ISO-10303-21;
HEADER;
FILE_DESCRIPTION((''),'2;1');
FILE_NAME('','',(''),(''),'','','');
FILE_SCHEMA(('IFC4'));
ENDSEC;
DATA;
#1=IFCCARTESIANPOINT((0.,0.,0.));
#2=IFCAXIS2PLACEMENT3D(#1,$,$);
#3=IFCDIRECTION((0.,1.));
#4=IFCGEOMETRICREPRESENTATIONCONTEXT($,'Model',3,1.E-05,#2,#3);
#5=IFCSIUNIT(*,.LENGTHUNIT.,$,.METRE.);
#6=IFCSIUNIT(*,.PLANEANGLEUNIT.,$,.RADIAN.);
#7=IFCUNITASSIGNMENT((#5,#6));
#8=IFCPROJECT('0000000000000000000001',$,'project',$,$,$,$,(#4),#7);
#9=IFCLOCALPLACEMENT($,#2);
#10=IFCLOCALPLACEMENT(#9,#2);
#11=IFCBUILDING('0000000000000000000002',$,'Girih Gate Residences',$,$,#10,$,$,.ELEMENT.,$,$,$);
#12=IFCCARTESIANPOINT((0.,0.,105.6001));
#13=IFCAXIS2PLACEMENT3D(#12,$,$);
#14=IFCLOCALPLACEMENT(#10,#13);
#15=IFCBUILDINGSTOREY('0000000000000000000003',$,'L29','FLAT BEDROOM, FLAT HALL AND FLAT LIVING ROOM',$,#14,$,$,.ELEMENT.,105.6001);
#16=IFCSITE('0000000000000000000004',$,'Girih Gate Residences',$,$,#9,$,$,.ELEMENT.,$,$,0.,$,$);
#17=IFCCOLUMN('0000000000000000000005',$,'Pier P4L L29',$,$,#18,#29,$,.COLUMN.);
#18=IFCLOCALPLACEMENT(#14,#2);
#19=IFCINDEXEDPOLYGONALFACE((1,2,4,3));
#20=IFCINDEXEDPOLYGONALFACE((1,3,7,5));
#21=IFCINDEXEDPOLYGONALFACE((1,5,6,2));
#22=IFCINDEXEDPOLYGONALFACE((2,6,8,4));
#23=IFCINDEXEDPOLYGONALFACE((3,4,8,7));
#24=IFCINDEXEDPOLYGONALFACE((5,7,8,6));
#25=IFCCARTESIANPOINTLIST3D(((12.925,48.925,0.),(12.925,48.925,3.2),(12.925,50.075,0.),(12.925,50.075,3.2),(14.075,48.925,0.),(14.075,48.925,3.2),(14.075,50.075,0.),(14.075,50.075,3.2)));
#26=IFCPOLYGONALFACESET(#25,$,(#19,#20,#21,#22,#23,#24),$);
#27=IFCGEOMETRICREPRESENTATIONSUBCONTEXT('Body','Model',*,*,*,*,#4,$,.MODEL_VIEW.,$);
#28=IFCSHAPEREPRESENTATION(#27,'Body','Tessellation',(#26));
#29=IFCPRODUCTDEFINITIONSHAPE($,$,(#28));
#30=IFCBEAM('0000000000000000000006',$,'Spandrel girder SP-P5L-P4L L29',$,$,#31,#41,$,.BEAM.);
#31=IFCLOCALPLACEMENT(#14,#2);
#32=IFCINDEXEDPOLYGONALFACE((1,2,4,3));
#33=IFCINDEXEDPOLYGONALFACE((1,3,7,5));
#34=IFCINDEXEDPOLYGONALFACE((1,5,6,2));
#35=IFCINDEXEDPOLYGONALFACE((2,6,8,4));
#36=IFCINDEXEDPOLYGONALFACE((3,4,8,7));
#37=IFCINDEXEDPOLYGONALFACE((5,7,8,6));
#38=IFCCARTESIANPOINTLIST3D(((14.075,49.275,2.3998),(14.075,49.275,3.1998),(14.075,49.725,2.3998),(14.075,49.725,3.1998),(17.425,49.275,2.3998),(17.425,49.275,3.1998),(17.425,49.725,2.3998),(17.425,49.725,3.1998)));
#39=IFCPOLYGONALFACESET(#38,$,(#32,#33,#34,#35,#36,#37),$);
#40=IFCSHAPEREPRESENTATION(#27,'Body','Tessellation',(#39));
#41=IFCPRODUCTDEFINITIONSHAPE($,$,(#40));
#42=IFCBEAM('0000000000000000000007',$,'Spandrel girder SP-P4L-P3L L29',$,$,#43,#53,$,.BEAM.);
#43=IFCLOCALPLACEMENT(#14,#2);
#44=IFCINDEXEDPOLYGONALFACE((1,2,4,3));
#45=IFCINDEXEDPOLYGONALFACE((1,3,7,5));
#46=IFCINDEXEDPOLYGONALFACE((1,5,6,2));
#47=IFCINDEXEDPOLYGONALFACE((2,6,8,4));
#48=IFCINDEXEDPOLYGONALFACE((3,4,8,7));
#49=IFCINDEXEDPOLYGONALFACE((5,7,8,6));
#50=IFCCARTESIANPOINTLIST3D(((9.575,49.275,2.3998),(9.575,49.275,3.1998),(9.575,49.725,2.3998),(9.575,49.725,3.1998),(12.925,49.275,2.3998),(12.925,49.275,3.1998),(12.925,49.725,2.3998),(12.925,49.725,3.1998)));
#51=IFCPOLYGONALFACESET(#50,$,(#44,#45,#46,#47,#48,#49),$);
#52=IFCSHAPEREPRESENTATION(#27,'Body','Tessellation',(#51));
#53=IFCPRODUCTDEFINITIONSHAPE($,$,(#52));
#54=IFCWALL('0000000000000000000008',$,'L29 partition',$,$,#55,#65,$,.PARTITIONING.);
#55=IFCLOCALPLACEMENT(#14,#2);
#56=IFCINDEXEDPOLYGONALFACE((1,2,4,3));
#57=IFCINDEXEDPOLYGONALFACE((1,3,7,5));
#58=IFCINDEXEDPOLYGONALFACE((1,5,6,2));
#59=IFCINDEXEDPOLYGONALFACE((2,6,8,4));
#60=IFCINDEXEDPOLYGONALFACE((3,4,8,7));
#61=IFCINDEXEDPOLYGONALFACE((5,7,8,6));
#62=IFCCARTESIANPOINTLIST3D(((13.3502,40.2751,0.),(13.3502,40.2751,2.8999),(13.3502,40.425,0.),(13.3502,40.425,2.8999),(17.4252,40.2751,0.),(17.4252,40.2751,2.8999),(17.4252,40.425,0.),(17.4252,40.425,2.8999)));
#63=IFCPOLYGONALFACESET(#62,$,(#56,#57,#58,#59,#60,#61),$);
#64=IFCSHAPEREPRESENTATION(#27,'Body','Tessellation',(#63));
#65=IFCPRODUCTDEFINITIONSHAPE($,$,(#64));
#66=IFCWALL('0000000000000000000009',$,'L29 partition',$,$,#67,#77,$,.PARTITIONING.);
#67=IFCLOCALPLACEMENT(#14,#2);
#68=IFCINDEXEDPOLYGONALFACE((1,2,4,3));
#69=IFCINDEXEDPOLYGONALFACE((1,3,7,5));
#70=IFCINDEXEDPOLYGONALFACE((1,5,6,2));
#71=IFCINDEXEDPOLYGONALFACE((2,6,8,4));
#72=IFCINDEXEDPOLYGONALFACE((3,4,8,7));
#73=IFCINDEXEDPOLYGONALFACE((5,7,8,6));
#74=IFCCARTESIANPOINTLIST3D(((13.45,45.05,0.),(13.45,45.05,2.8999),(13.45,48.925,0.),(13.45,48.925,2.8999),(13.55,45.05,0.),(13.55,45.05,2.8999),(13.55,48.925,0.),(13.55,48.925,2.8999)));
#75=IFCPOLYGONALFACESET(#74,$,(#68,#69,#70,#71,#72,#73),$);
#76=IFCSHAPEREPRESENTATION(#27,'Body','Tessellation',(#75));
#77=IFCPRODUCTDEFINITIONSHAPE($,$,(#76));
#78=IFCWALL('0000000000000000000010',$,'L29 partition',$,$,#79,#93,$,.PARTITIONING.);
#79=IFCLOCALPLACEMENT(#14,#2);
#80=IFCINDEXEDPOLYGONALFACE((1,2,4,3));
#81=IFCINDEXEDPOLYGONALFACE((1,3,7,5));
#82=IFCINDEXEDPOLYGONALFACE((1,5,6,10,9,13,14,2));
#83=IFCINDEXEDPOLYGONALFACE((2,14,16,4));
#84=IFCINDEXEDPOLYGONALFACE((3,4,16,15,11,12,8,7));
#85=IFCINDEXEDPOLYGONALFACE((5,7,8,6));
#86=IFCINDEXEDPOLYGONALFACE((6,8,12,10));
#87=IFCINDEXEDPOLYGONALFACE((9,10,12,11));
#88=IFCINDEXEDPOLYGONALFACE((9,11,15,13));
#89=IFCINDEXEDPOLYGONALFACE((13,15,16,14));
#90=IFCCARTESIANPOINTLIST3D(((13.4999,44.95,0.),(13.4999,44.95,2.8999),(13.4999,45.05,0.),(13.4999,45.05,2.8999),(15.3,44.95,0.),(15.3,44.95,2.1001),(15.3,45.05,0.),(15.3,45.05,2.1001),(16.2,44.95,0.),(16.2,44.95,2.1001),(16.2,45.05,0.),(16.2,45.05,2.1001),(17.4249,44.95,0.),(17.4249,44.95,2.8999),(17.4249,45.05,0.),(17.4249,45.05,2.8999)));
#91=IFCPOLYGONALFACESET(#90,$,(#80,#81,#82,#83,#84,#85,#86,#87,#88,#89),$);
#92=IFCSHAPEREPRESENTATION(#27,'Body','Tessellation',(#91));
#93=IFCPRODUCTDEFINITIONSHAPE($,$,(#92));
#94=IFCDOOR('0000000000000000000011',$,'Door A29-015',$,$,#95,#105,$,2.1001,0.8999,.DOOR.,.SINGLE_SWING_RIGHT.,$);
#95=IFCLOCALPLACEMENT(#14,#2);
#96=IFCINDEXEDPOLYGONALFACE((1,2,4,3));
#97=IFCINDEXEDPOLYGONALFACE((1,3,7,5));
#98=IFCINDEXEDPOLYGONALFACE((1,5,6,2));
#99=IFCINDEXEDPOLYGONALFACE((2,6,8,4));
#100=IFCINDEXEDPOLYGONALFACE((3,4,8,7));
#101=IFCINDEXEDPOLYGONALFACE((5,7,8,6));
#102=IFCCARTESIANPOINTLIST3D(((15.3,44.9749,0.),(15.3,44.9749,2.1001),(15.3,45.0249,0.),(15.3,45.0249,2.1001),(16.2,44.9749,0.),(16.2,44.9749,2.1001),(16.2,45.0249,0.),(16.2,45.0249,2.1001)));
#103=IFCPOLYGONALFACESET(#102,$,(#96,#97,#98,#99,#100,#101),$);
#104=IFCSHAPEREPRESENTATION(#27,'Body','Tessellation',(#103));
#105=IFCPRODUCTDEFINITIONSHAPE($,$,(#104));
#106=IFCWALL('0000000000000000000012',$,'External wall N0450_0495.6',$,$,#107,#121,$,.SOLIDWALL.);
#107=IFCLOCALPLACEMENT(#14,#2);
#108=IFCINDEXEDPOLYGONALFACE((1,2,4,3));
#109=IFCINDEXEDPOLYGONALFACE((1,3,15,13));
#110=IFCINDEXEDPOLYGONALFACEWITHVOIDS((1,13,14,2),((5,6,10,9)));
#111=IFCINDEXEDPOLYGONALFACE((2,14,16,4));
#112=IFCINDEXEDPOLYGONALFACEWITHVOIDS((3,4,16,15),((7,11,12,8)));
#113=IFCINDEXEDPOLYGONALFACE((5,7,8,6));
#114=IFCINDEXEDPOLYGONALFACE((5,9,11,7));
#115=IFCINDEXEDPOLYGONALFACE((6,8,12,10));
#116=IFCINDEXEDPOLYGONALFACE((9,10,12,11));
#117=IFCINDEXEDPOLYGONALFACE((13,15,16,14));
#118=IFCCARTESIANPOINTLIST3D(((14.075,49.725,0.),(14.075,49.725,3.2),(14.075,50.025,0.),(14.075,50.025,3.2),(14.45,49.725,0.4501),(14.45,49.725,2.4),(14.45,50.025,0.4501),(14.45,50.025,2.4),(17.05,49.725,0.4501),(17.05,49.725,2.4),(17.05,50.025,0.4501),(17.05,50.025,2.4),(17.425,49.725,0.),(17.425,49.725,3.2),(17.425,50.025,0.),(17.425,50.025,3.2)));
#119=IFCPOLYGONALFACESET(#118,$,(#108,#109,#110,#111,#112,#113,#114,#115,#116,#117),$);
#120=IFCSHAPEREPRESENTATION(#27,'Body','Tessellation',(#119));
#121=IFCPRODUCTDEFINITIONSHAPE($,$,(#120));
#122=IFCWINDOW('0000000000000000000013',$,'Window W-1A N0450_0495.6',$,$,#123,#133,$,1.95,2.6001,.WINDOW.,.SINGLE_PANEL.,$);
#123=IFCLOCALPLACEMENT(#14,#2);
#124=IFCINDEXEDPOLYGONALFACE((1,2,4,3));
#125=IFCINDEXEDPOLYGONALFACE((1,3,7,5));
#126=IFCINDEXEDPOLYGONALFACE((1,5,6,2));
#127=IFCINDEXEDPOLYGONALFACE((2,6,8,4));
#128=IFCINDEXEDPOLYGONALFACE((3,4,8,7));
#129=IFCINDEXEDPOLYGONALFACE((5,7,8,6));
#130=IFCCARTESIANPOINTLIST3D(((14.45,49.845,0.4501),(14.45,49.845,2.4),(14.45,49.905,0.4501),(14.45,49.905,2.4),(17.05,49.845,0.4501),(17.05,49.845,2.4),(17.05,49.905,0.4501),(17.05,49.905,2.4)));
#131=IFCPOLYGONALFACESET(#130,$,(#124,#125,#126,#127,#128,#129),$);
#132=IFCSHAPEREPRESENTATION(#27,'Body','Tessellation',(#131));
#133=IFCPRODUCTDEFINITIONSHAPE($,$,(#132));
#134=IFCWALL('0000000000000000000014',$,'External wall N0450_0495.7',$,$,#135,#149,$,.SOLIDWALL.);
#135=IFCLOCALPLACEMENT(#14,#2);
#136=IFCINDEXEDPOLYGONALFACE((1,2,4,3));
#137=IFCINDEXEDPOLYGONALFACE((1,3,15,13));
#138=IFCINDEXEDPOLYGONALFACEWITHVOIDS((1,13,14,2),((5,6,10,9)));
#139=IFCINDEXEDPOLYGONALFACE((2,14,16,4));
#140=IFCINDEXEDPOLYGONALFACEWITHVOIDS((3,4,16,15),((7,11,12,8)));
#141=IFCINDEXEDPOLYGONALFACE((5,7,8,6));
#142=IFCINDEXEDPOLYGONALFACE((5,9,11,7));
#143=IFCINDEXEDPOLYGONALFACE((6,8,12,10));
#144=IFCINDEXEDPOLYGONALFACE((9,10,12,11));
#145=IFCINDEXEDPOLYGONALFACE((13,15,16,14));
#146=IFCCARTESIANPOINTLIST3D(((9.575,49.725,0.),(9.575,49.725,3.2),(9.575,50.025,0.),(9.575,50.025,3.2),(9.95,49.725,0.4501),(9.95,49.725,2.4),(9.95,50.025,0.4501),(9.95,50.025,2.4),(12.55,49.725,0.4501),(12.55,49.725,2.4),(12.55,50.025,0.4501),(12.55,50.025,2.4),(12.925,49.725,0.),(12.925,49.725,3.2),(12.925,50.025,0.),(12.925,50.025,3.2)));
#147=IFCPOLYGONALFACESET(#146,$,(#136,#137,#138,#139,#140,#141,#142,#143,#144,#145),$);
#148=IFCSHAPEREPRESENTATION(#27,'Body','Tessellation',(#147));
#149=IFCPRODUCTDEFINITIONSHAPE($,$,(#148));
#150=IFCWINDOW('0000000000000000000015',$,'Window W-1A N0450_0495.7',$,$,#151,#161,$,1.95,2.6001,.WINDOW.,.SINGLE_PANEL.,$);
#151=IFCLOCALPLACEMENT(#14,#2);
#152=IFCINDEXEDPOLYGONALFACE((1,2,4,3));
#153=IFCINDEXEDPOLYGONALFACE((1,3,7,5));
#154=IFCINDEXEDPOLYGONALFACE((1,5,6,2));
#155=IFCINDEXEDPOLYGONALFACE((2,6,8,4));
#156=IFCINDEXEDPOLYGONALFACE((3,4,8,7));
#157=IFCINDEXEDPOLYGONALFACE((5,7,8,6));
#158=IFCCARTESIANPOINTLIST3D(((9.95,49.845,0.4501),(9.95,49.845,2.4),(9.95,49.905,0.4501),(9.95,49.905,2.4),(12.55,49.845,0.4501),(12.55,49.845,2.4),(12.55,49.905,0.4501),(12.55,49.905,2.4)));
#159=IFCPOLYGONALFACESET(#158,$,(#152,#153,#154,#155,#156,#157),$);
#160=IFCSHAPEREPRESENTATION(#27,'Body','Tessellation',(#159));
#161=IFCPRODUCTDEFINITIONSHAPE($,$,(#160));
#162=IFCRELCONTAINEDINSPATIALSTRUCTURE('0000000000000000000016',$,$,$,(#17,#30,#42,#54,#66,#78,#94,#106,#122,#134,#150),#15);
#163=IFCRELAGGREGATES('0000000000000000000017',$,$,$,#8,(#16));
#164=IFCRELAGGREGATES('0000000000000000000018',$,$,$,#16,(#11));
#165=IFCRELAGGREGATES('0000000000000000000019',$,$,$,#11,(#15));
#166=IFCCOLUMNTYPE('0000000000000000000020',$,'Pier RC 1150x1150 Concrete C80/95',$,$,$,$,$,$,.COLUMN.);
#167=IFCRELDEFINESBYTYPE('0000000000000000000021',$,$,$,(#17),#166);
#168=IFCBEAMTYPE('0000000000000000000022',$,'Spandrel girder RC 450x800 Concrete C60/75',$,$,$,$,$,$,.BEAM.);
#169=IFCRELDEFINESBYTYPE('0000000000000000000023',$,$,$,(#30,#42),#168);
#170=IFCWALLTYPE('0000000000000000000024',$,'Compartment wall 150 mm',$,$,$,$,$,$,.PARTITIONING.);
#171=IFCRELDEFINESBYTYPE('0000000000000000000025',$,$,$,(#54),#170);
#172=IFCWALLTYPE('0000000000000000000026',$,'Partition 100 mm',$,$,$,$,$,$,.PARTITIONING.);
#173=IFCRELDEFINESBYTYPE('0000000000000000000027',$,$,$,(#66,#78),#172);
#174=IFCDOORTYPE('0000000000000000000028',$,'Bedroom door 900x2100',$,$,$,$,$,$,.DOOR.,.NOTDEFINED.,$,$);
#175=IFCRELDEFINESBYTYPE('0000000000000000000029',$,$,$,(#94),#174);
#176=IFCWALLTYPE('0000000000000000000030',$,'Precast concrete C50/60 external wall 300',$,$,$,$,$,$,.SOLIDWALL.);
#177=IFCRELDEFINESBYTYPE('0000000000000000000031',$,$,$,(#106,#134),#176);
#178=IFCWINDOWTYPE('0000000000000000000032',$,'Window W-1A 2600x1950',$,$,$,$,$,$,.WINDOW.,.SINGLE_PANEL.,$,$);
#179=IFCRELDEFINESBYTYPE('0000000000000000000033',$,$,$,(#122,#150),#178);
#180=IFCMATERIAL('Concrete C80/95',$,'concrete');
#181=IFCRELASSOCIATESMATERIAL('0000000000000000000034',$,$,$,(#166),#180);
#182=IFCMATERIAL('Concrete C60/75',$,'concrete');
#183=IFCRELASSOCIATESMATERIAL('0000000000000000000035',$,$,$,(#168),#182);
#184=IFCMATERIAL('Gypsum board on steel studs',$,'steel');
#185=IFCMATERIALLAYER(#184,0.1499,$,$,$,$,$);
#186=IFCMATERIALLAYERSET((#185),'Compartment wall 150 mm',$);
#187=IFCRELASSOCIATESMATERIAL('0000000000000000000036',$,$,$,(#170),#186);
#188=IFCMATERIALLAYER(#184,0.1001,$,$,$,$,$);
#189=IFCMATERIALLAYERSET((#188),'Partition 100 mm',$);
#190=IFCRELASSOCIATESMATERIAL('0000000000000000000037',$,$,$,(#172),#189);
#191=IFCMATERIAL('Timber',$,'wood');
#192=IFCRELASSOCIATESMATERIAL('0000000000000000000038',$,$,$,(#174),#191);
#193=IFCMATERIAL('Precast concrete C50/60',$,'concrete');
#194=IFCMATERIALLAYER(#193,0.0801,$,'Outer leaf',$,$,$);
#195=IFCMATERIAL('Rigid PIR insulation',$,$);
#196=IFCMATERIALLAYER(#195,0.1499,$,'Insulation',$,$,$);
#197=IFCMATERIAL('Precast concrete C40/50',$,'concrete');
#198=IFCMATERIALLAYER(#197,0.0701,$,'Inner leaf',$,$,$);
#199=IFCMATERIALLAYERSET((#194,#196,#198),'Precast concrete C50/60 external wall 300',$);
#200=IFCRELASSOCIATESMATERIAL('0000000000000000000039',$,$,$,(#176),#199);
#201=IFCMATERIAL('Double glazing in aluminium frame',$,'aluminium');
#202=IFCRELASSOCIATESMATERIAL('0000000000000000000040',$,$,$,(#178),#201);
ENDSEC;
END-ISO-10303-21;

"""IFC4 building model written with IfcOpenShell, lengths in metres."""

from ifc_helpers import new_model, si_unit, direction, frame, frame_2d, origin, origin_2d, place, context, subcontext, project, spatial, rectangle, extrude, material, layer, layer_set, material_profile, profile_set, type_object, element, fill, save


model = new_model("IFC4")

# Units and contexts
model_context = context("Model", 3, precision=1e-05, world=origin(), true_north=direction((0.0, 1.0)))
body_context = subcontext(model_context, "Body", "Model", "MODEL_VIEW")
ifc_project = project(units=[si_unit("LENGTHUNIT", "METRE"), si_unit("PLANEANGLEUNIT", "RADIAN")], contexts=[model_context])

# Site, building, storey
site_placement = place(None, origin())
site = spatial("IfcSite", under=ifc_project, at=site_placement, Name="Girih Gate Residences", CompositionType="ELEMENT", RefElevation=0.0)
building_placement = place(site_placement, origin())
building = spatial("IfcBuilding", under=site, at=building_placement, Name="Girih Gate Residences", CompositionType="ELEMENT")
storey_placement = place(building_placement, frame((0.0, 0.0, 105.6001)))
storey = spatial("IfcBuildingStorey", under=building, at=storey_placement, Name="L29", Description="FLAT BEDROOM, FLAT HALL AND FLAT LIVING ROOM", CompositionType="ELEMENT", Elevation=105.6001)

# Column
ifc_material_1 = material(Name="Concrete C80/95", Category="concrete")
ifc_material_profile_1 = material_profile(ifc_material_1, rectangle(XDim=1.1499, YDim=1.1499, at=origin_2d()))
ifc_profile_set_1 = profile_set([ifc_material_profile_1], Name="Concrete C80/95")
column_type = type_object("IfcColumnType", Name="Pier RC 1150x1150 Concrete C80/95", PredefinedType="COLUMN", material=ifc_profile_set_1)
column_placement = place(storey_placement, frame((13.5, 49.5, 0.0), z_axis=(0.0, 0.0, 1.0), x_axis=(1.0, 0.0, 0.0)))
element("IfcColumn", 1, at=column_placement, inside=storey, type_object=column_type, Name="Pier P4L L29", PredefinedType="COLUMN", context=body_context, shape_type="SweptSolid", body=[
    extrude(rectangle(XDim=1.1499, YDim=1.1499, at=origin_2d()), origin(), (0.0, 0.0, 1.0), 3.2),
])

# Beams
ifc_material_2 = material(Name="Concrete C60/75", Category="concrete")
ifc_material_profile_2 = material_profile(ifc_material_2, rectangle(XDim=0.45, YDim=0.8, at=origin_2d()))
ifc_profile_set_2 = profile_set([ifc_material_profile_2], Name="Concrete C60/75")
beam_type = type_object("IfcBeamType", Name="Spandrel girder RC 450x800 Concrete C60/75", PredefinedType="BEAM", material=ifc_profile_set_2)
for number, where, z_axis, x_axis, name in (
    (2, (17.425, 49.5, 2.7998), (-1.0, 0.0, 0.0), (0.0, -1.0, 0.0), "Spandrel girder SP-P5L-P4L L29"),
    (3, (12.925, 49.5, 2.7998), (-1.0, 0.0, 0.0), (0.0, -1.0, 0.0), "Spandrel girder SP-P4L-P3L L29"),
):
    element("IfcBeam", number, at=place(storey_placement, frame(where, z_axis=z_axis, x_axis=x_axis)), inside=storey, type_object=beam_type, Name=name, PredefinedType="BEAM", context=body_context, shape_type="SweptSolid", body=[
        extrude(rectangle(XDim=0.45, YDim=0.8, at=origin_2d()), origin(), (0.0, 0.0, 1.0), 3.3501),
    ])

# Walls
ifc_material_3 = material(Name="Gypsum board on steel studs", Category="steel")
ifc_layer_1 = layer(ifc_material_3, 0.1499)
ifc_layer_set_1 = layer_set([ifc_layer_1], Name="Compartment wall 150 mm")
wall_type_1 = type_object("IfcWallType", Name="Compartment wall 150 mm", PredefinedType="PARTITIONING", material=ifc_layer_set_1)
wall_1_placement = place(storey_placement, frame((13.3501, 40.3501, 0.0), z_axis=(0.0, 0.0, 1.0), x_axis=(1.0, 0.0, 0.0)))
element("IfcWall", 4, at=wall_1_placement, inside=storey, type_object=wall_type_1, Name="L29 partition", PredefinedType="PARTITIONING", context=body_context, shape_type="SweptSolid", body=[
    extrude(rectangle(XDim=4.075, YDim=0.1499, at=frame_2d((2.0376, 0.0))), origin(), (0.0, 0.0, 1.0), 2.8999),
])
ifc_layer_2 = layer(ifc_material_3, 0.1001)
ifc_layer_set_2 = layer_set([ifc_layer_2], Name="Partition 100 mm")
wall_type_2 = type_object("IfcWallType", Name="Partition 100 mm", PredefinedType="PARTITIONING", material=ifc_layer_set_2)
wall_2_placement = place(storey_placement, frame((13.5, 45.05, 0.0), z_axis=(0.0, 0.0, 1.0), x_axis=(0.0, 1.0, 0.0)))
element("IfcWall", 5, at=wall_2_placement, inside=storey, type_object=wall_type_2, Name="L29 partition", PredefinedType="PARTITIONING", context=body_context, shape_type="SweptSolid", body=[
    extrude(rectangle(XDim=3.875, YDim=0.1001, at=frame_2d((1.9375, 0.0))), origin(), (0.0, 0.0, 1.0), 2.8999),
])

# Wall, opening, door
wall_3_placement = place(storey_placement, frame((13.5, 45.0, 0.0), z_axis=(0.0, 0.0, 1.0), x_axis=(1.0, 0.0, 0.0)))
wall_3 = element("IfcWall", 6, at=wall_3_placement, inside=storey, type_object=wall_type_2, Name="L29 partition", PredefinedType="PARTITIONING", context=body_context, shape_type="SweptSolid", body=[
    extrude(rectangle(XDim=3.925, YDim=0.1001, at=frame_2d((1.9624, 0.0))), origin(), (0.0, 0.0, 1.0), 2.8999),
])
opening_1_placement = place(wall_3_placement, frame((1.8, 0.0, 0.0)))
opening_1 = element("IfcOpeningElement", 7, at=opening_1_placement, cuts=wall_3, PredefinedType="OPENING", context=body_context, shape_type="SweptSolid", body=[
    extrude(rectangle(XDim=0.8999, YDim=2.1001, at=frame_2d((0.45, 1.05))), frame((0.0, 0.0601, 0.0), z_axis=(0.0, -1.0, 0.0), x_axis=(1.0, 0.0, 0.0)), (0.0, 0.0, 1.0), 0.1201),
])
ifc_material_4 = material(Name="Timber", Category="wood")
door_type_1 = type_object("IfcDoorType", Name="Bedroom door 900x2100", OperationType="NOTDEFINED", PredefinedType="DOOR", material=ifc_material_4)
door_1_placement = place(opening_1_placement, origin())
door_1 = element("IfcDoor", 8, at=door_1_placement, inside=storey, type_object=door_type_1, Name="Door A29-015", OperationType="SINGLE_SWING_RIGHT", OverallHeight=2.1001, OverallWidth=0.8999, PredefinedType="DOOR", context=body_context, shape_type="SweptSolid", body=[
    extrude(rectangle(XDim=0.8999, YDim=2.1001, at=frame_2d((0.45, 1.05))), frame((0.0, 0.0249, 0.0), z_axis=(0.0, -1.0, 0.0), x_axis=(1.0, 0.0, 0.0)), (0.0, 0.0, 1.0), 0.05),
])
fill(opening_1, door_1)

# Walls, openings, windows
ifc_material_5 = material(Name="Precast concrete C50/60", Category="concrete")
ifc_layer_3 = layer(ifc_material_5, 0.0801, Name="Outer leaf")
ifc_material_6 = material(Name="Rigid PIR insulation")
ifc_layer_4 = layer(ifc_material_6, 0.1499, Name="Insulation")
ifc_material_7 = material(Name="Precast concrete C40/50", Category="concrete")
ifc_layer_5 = layer(ifc_material_7, 0.0701, Name="Inner leaf")
ifc_layer_set_3 = layer_set([ifc_layer_3, ifc_layer_4, ifc_layer_5], Name="Precast concrete C50/60 external wall 300")
wall_type_3 = type_object("IfcWallType", Name="Precast concrete C50/60 external wall 300", PredefinedType="SOLIDWALL", material=ifc_layer_set_3)
wall_4_placement = place(storey_placement, frame((14.075, 49.875, 0.0), z_axis=(0.0, 0.0, 1.0), x_axis=(1.0, 0.0, 0.0)))
wall_4 = element("IfcWall", 9, at=wall_4_placement, inside=storey, type_object=wall_type_3, Name="External wall N0450_0495.6", PredefinedType="SOLIDWALL", context=body_context, shape_type="SweptSolid", body=[
    extrude(rectangle(XDim=3.3501, YDim=0.3, at=frame_2d((1.675, 0.0))), origin(), (0.0, 0.0, 1.0), 3.2),
])
opening_2_placement = place(wall_4_placement, frame((0.375, 0.0, 0.45)))
opening_2 = element("IfcOpeningElement", 10, at=opening_2_placement, cuts=wall_4, PredefinedType="OPENING", context=body_context, shape_type="SweptSolid", body=[
    extrude(rectangle(XDim=2.6001, YDim=1.95, at=frame_2d((1.3, 0.9751))), frame((0.0, 0.1599, 0.0), z_axis=(0.0, -1.0, 0.0), x_axis=(1.0, 0.0, 0.0)), (0.0, 0.0, 1.0), 0.3201),
])
ifc_material_8 = material(Name="Double glazing in aluminium frame", Category="aluminium")
window_type = type_object("IfcWindowType", Name="Window W-1A 2600x1950", PartitioningType="SINGLE_PANEL", PredefinedType="WINDOW", material=ifc_material_8)
window_1_placement = place(opening_2_placement, origin())
window_1 = element("IfcWindow", 11, at=window_1_placement, inside=storey, type_object=window_type, Name="Window W-1A N0450_0495.6", OverallHeight=1.95, OverallWidth=2.6001, PartitioningType="SINGLE_PANEL", PredefinedType="WINDOW", context=body_context, shape_type="SweptSolid", body=[
    extrude(rectangle(XDim=2.6001, YDim=1.95, at=frame_2d((1.3, 0.9751))), frame((0.0, 0.03, 0.0), z_axis=(0.0, -1.0, 0.0), x_axis=(1.0, 0.0, 0.0)), (0.0, 0.0, 1.0), 0.0601),
])
fill(opening_2, window_1)
wall_5_placement = place(storey_placement, frame((9.575, 49.875, 0.0), z_axis=(0.0, 0.0, 1.0), x_axis=(1.0, 0.0, 0.0)))
wall_5 = element("IfcWall", 12, at=wall_5_placement, inside=storey, type_object=wall_type_3, Name="External wall N0450_0495.7", PredefinedType="SOLIDWALL", context=body_context, shape_type="SweptSolid", body=[
    extrude(rectangle(XDim=3.3501, YDim=0.3, at=frame_2d((1.675, 0.0))), origin(), (0.0, 0.0, 1.0), 3.2),
])
opening_3_placement = place(wall_5_placement, frame((0.375, 0.0, 0.45)))
opening_3 = element("IfcOpeningElement", 13, at=opening_3_placement, cuts=wall_5, PredefinedType="OPENING", context=body_context, shape_type="SweptSolid", body=[
    extrude(rectangle(XDim=2.6001, YDim=1.95, at=frame_2d((1.3, 0.9751))), frame((0.0, 0.1599, 0.0), z_axis=(0.0, -1.0, 0.0), x_axis=(1.0, 0.0, 0.0)), (0.0, 0.0, 1.0), 0.3201),
])
window_2_placement = place(opening_3_placement, origin())
window_2 = element("IfcWindow", 14, at=window_2_placement, inside=storey, type_object=window_type, Name="Window W-1A N0450_0495.7", OverallHeight=1.95, OverallWidth=2.6001, PartitioningType="SINGLE_PANEL", PredefinedType="WINDOW", context=body_context, shape_type="SweptSolid", body=[
    extrude(rectangle(XDim=2.6001, YDim=1.95, at=frame_2d((1.3, 0.9751))), frame((0.0, 0.03, 0.0), z_axis=(0.0, -1.0, 0.0), x_axis=(1.0, 0.0, 0.0)), (0.0, 0.0, 1.0), 0.0601),
])
fill(opening_3, window_2)

save(model, "model.ifc")
